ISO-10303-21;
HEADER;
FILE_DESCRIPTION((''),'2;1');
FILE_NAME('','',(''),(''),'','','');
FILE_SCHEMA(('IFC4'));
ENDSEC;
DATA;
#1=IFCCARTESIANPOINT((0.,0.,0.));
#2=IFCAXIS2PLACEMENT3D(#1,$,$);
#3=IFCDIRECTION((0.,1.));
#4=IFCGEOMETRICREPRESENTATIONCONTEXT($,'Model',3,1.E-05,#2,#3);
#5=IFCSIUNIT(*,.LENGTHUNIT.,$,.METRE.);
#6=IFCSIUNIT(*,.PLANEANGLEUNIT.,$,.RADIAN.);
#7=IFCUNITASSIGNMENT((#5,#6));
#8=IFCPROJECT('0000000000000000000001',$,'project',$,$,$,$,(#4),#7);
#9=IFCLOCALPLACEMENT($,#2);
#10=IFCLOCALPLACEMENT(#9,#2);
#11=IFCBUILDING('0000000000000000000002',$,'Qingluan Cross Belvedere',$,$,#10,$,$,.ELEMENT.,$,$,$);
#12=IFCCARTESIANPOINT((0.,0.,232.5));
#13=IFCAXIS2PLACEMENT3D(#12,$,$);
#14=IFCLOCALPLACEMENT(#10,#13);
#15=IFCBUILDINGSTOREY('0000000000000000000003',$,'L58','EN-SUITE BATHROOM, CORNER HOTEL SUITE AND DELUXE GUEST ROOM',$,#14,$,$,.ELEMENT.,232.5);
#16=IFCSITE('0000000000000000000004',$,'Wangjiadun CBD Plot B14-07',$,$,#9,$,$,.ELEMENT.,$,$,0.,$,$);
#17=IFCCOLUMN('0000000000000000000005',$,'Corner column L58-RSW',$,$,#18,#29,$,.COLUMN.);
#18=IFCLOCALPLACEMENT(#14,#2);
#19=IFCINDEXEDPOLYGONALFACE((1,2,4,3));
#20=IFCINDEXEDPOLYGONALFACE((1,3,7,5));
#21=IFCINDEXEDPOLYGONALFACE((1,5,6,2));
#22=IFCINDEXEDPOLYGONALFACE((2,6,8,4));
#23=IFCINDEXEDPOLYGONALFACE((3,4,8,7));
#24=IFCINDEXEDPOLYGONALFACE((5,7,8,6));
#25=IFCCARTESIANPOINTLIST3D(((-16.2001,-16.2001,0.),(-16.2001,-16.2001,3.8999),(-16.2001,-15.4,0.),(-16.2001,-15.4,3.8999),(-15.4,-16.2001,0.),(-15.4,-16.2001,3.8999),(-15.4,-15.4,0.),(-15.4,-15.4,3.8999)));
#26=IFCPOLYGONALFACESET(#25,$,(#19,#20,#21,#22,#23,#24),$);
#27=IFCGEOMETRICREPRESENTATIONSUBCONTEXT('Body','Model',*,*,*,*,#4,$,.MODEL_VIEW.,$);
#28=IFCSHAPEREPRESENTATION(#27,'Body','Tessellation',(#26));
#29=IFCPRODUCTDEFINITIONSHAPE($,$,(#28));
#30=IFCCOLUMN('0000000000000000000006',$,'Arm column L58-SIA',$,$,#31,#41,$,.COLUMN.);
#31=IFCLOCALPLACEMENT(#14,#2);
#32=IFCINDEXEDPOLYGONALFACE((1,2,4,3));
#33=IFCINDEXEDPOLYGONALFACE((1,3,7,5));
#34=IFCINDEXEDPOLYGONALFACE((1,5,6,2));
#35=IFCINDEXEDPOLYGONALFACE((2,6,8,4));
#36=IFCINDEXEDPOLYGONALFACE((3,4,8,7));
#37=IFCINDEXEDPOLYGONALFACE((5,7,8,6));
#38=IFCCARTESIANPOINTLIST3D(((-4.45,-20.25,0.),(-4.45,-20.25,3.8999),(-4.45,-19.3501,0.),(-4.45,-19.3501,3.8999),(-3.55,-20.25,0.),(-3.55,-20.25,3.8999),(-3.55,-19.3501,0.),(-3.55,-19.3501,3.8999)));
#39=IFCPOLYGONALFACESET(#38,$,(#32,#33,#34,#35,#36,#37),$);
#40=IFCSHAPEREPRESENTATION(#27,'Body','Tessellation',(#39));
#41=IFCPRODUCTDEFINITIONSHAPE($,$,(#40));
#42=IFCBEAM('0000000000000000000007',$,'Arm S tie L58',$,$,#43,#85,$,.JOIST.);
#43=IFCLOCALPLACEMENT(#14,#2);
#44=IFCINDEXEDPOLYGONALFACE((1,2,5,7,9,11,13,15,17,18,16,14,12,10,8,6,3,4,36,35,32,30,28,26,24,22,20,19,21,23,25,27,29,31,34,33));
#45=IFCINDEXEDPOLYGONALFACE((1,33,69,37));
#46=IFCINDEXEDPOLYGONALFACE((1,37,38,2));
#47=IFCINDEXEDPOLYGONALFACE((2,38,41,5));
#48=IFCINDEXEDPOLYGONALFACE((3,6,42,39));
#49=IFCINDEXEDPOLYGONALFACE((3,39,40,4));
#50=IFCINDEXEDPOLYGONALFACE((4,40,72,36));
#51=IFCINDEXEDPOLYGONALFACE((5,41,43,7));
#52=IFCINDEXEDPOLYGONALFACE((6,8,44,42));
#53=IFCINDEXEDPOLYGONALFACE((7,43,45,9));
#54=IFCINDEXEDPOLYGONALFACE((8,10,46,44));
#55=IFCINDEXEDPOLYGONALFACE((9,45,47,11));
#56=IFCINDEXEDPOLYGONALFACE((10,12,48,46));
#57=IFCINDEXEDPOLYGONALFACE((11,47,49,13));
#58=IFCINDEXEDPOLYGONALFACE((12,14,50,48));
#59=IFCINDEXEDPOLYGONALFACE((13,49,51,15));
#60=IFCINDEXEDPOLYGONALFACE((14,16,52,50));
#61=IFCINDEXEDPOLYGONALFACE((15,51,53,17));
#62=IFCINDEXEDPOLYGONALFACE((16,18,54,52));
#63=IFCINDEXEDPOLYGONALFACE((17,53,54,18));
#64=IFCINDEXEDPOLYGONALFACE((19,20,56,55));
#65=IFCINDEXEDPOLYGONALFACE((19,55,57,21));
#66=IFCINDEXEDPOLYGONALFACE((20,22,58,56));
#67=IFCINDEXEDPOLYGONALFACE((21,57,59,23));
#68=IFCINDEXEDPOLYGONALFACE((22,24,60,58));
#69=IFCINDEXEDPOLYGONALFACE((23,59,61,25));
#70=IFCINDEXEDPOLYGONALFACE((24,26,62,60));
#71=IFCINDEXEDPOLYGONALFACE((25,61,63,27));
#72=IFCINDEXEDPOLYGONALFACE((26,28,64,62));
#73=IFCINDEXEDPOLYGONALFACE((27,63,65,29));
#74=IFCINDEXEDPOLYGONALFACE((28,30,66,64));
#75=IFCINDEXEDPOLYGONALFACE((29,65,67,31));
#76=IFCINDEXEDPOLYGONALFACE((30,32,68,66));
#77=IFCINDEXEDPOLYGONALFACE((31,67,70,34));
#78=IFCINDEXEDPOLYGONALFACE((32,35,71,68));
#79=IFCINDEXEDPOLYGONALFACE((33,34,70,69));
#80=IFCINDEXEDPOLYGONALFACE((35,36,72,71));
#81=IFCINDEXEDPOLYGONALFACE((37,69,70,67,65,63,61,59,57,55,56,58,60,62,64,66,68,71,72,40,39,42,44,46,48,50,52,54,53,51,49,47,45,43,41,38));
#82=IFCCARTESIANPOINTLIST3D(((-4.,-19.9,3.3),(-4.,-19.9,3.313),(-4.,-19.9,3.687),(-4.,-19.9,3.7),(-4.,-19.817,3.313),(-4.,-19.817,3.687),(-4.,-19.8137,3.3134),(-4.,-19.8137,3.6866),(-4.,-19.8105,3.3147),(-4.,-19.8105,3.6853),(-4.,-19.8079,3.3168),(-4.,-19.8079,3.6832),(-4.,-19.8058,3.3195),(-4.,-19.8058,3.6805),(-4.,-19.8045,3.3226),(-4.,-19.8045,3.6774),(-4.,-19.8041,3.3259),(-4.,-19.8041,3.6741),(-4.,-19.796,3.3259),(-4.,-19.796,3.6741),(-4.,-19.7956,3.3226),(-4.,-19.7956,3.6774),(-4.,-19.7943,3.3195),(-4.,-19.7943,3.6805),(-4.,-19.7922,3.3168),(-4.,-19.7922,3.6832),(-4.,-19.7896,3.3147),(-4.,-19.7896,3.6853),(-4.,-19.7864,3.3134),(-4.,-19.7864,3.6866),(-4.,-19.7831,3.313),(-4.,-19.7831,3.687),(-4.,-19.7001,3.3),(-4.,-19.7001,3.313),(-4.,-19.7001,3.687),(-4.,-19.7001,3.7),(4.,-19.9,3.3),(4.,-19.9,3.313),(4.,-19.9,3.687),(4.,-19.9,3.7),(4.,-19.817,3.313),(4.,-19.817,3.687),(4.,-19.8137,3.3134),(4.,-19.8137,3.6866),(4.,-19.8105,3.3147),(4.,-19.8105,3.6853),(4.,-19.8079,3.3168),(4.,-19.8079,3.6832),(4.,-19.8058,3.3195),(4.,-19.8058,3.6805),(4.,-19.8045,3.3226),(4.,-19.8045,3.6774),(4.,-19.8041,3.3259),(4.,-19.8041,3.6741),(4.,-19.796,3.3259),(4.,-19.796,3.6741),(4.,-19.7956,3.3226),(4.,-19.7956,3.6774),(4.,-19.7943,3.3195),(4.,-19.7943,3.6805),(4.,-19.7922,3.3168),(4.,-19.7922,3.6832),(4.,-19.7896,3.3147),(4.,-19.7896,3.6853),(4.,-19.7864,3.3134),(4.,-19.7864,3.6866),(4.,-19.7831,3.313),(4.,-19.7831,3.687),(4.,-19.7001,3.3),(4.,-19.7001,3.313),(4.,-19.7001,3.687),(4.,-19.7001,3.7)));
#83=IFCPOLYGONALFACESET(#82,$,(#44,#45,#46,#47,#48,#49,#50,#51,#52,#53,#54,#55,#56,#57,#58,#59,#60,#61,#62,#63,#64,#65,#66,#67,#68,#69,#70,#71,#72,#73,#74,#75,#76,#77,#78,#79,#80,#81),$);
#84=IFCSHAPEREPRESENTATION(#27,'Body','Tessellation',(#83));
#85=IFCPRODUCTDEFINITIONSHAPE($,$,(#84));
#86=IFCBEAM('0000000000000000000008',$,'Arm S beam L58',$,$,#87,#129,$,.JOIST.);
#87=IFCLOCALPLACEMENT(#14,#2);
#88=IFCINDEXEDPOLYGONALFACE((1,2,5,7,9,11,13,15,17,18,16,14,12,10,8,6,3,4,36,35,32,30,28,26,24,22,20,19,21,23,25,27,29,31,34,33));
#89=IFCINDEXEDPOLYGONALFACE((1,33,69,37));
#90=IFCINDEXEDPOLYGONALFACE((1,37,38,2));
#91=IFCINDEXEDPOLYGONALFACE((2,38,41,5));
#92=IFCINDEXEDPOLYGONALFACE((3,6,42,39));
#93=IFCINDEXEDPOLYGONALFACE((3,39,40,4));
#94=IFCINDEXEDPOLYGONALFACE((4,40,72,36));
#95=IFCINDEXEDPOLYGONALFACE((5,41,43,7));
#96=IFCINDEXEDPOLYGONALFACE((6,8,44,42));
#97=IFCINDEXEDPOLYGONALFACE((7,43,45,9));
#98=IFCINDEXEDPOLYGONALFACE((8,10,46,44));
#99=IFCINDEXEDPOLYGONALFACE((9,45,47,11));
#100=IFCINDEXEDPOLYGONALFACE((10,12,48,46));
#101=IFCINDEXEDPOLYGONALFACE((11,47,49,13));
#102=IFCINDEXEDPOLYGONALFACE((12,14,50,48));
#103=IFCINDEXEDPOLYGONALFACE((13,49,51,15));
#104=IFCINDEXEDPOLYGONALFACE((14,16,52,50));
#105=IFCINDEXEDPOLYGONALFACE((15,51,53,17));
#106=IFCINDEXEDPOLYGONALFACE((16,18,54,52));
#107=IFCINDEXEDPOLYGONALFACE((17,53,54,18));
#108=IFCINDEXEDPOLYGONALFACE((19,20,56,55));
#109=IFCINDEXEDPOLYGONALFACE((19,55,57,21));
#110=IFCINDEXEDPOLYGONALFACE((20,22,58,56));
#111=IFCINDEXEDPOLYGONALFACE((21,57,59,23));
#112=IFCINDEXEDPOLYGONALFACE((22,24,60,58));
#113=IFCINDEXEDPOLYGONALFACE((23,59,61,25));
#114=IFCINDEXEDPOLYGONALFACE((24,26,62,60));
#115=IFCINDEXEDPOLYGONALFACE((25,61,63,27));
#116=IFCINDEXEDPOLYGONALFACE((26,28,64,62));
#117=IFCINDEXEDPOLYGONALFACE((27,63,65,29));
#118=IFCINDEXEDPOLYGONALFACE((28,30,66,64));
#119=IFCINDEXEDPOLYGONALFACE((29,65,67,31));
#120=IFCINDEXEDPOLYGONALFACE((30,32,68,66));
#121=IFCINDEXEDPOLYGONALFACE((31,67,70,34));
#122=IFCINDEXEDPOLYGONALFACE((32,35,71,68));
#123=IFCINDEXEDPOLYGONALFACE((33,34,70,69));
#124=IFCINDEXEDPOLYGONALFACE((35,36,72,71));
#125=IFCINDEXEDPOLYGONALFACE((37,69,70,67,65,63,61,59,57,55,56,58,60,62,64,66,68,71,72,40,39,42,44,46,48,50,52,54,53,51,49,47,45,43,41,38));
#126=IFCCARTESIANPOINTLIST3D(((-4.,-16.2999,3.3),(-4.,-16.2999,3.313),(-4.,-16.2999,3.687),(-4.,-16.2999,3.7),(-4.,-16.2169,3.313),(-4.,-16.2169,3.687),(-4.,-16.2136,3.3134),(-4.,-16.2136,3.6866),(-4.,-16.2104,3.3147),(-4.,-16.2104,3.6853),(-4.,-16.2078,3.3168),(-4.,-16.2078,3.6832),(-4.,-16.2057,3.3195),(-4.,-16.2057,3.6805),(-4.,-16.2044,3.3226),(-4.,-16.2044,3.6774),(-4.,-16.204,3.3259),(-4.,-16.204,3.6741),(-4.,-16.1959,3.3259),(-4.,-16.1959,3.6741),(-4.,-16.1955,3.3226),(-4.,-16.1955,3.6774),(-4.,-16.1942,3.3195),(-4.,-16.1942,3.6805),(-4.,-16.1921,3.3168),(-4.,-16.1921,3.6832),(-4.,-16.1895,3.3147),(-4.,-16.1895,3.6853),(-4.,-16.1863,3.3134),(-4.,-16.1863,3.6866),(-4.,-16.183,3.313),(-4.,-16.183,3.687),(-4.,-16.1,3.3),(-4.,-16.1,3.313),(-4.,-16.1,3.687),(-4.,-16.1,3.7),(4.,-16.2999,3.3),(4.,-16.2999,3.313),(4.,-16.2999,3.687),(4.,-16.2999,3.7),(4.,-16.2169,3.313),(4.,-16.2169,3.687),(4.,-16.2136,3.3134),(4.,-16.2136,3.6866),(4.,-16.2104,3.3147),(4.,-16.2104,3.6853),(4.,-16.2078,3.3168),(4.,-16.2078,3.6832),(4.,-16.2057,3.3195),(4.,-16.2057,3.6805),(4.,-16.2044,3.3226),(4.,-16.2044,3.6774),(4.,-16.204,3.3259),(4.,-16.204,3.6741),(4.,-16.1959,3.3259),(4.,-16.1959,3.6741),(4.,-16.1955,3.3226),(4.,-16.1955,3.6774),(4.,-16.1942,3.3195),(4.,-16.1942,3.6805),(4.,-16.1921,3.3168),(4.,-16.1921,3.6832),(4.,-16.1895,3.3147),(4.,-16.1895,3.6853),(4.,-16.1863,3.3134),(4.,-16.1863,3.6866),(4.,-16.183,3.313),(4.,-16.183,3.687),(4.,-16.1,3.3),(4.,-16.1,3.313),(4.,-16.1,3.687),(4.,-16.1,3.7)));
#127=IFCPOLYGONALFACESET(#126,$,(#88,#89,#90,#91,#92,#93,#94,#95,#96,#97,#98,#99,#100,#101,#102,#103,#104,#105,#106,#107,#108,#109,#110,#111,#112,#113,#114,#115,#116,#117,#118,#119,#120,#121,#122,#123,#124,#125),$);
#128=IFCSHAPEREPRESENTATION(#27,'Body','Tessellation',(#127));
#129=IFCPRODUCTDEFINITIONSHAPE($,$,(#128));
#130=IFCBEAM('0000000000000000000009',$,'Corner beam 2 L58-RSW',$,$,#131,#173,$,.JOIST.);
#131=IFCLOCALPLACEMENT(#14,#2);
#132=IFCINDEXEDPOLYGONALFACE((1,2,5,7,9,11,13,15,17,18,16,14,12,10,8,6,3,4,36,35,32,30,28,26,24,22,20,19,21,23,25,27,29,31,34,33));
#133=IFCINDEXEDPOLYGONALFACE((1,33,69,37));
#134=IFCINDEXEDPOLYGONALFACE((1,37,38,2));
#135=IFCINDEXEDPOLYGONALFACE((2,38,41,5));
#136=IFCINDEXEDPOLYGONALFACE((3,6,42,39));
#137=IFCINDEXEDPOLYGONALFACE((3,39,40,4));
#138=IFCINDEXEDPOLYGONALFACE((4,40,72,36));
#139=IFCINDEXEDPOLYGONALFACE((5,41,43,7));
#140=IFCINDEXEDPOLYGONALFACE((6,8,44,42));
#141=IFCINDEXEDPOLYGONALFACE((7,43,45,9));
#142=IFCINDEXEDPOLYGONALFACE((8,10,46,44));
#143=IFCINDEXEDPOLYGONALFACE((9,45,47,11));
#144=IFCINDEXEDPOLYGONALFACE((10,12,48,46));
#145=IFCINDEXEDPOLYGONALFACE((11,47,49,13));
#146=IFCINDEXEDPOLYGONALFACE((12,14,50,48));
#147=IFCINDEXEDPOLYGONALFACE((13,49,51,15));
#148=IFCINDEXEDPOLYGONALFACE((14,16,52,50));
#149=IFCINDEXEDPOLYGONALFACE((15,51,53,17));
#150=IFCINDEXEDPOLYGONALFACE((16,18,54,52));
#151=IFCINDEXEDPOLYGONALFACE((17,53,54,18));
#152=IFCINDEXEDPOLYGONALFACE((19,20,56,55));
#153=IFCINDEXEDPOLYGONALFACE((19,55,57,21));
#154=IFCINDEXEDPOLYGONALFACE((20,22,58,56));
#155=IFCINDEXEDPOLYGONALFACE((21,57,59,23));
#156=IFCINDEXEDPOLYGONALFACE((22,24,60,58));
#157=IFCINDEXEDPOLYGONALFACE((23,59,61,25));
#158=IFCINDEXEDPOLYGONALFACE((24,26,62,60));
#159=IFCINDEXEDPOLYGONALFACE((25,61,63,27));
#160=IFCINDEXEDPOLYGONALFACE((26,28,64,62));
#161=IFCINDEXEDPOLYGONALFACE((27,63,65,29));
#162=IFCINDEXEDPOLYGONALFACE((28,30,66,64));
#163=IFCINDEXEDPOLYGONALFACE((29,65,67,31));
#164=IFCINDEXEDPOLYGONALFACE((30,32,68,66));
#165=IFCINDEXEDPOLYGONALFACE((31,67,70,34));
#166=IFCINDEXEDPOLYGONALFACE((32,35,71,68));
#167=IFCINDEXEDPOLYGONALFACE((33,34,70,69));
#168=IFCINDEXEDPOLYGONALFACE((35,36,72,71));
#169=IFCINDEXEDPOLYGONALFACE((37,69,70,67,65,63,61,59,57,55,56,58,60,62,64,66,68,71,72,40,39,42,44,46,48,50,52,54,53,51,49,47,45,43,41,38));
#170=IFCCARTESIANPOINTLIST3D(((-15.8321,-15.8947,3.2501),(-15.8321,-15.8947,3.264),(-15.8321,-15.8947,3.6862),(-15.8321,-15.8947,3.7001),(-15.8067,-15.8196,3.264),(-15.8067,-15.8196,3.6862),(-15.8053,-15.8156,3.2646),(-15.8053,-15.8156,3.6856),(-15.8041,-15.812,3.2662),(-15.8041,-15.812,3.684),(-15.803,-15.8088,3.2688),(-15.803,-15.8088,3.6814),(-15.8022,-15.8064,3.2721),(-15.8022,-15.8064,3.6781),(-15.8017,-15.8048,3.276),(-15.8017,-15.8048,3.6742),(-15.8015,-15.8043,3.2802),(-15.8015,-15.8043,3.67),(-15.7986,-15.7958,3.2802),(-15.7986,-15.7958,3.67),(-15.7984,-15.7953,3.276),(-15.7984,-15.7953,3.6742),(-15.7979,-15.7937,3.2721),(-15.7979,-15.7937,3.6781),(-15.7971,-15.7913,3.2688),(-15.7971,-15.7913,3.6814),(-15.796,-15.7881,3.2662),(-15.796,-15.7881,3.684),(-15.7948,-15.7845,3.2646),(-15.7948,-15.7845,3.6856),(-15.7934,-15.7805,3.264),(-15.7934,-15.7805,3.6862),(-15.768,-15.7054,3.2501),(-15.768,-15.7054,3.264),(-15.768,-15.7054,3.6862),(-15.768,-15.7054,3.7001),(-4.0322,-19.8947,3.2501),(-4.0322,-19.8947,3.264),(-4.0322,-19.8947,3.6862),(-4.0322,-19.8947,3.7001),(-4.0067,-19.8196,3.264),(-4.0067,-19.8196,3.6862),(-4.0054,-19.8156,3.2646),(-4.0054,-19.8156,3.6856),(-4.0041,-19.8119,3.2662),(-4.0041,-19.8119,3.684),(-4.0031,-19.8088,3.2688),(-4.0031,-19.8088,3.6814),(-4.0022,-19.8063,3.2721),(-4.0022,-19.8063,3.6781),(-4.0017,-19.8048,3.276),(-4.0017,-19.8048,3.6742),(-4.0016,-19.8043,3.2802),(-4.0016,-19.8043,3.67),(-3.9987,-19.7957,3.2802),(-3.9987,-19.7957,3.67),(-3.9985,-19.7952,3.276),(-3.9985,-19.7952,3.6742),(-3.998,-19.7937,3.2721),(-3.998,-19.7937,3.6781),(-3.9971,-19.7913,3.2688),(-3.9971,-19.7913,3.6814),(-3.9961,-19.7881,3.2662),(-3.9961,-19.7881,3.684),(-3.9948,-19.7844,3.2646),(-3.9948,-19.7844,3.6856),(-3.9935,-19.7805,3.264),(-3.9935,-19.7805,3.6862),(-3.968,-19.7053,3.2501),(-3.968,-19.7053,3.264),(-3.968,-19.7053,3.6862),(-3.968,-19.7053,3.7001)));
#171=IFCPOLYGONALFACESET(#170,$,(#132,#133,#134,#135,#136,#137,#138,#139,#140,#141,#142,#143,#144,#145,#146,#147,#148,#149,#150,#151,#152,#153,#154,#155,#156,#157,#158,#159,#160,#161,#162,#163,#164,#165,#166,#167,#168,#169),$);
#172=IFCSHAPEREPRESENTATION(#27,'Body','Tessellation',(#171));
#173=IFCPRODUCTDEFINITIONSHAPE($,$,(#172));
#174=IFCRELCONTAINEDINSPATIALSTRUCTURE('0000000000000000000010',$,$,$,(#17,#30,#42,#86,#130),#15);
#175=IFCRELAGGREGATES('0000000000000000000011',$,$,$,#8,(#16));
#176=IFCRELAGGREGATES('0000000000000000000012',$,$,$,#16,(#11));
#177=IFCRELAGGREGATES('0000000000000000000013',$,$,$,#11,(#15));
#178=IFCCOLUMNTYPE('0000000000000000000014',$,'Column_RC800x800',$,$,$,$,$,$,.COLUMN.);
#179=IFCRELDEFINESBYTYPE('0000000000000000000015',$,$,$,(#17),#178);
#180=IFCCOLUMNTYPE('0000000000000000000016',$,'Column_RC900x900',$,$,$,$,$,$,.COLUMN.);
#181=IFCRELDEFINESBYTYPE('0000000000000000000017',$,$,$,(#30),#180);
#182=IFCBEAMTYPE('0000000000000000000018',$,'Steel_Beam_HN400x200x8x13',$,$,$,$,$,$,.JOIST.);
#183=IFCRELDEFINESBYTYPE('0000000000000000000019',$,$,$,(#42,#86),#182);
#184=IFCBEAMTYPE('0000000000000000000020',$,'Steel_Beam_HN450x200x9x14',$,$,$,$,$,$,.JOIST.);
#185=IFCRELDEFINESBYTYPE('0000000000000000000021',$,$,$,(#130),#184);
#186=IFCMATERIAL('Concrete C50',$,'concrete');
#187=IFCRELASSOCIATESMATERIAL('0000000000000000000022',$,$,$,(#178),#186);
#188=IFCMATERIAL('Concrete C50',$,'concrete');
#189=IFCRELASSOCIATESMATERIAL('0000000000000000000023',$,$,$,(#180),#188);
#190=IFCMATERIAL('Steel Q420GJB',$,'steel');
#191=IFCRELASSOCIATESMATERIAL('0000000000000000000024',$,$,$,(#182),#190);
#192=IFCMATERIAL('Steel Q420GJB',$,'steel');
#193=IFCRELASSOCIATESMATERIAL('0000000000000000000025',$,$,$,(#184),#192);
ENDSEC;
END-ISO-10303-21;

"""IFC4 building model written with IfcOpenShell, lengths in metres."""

from ifc_helpers import new_model, si_unit, direction, frame, origin, origin_2d, place, context, subcontext, project, spatial, rectangle, i_section, extrude, material, material_profile, profile_set, type_object, element, save


model = new_model("IFC4")

# Units and contexts
model_context = context("Model", 3, precision=1e-05, world=origin(), true_north=direction((0.0, 1.0)))
body_context = subcontext(model_context, "Body", "Model", "MODEL_VIEW")
ifc_project = project(units=[si_unit("LENGTHUNIT", "METRE"), si_unit("PLANEANGLEUNIT", "RADIAN")], contexts=[model_context])

# Site, building, storey
site_placement = place(None, origin())
site = spatial("IfcSite", under=ifc_project, at=site_placement, Name="Wangjiadun CBD Plot B14-07", CompositionType="ELEMENT", RefElevation=0.0)
building_placement = place(site_placement, origin())
building = spatial("IfcBuilding", under=site, at=building_placement, Name="Qingluan Cross Belvedere", CompositionType="ELEMENT")
storey_placement = place(building_placement, frame((0.0, 0.0, 232.5)))
storey = spatial("IfcBuildingStorey", under=building, at=storey_placement, Name="L58", Description="EN-SUITE BATHROOM, CORNER HOTEL SUITE AND DELUXE GUEST ROOM", CompositionType="ELEMENT", Elevation=232.5)

# Columns
ifc_material_1 = material(Name="Concrete C50", Category="concrete")
ifc_material_profile_1 = material_profile(ifc_material_1, rectangle(XDim=0.8, YDim=0.8, at=origin_2d()), Name="RC800x800")
ifc_profile_set_1 = profile_set([ifc_material_profile_1], Name="Concrete C50")
column_type_1 = type_object("IfcColumnType", Name="Column_RC800x800", PredefinedType="COLUMN", material=ifc_profile_set_1)
column_1_placement = place(storey_placement, frame((-15.8, -15.8, 0.0), z_axis=(0.0, 0.0, 1.0), x_axis=(1.0, 0.0, 0.0)))
element("IfcColumn", 1, at=column_1_placement, inside=storey, type_object=column_type_1, Name="Corner column L58-RSW", PredefinedType="COLUMN", context=body_context, shape_type="SweptSolid", body=[
    extrude(rectangle(XDim=0.8, YDim=0.8, at=origin_2d()), origin(), (0.0, 0.0, 1.0), 3.8999),
])
ifc_material_2 = material(Name="Concrete C50", Category="concrete")
ifc_material_profile_2 = material_profile(ifc_material_2, rectangle(XDim=0.8999, YDim=0.8999, at=origin_2d()), Name="RC900x900")
ifc_profile_set_2 = profile_set([ifc_material_profile_2], Name="Concrete C50")
column_type_2 = type_object("IfcColumnType", Name="Column_RC900x900", PredefinedType="COLUMN", material=ifc_profile_set_2)
column_2_placement = place(storey_placement, frame((-4.0, -19.8, 0.0), z_axis=(0.0, 0.0, 1.0), x_axis=(1.0, 0.0, 0.0)))
element("IfcColumn", 2, at=column_2_placement, inside=storey, type_object=column_type_2, Name="Arm column L58-SIA", PredefinedType="COLUMN", context=body_context, shape_type="SweptSolid", body=[
    extrude(rectangle(XDim=0.8999, YDim=0.8999, at=origin_2d()), origin(), (0.0, 0.0, 1.0), 3.8999),
])

# Beams
ifc_material_3 = material(Name="Steel Q420GJB", Category="steel")
ifc_material_profile_3 = material_profile(ifc_material_3, i_section(OverallWidth=0.2, OverallDepth=0.3999, WebThickness=0.0081, FlangeThickness=0.0129, FilletRadius=0.0129, at=origin_2d()), Name="HN400x200x8x13")
ifc_profile_set_3 = profile_set([ifc_material_profile_3], Name="Steel Q420GJB")
beam_type_1 = type_object("IfcBeamType", Name="Steel_Beam_HN400x200x8x13", PredefinedType="JOIST", material=ifc_profile_set_3)
for number, where, z_axis, x_axis, name in (
    (3, (-4.0, -19.8, 3.5), (1.0, 0.0, 0.0), (0.0, 1.0, 0.0), "Arm S tie L58"),
    (4, (-4.0, -16.2, 3.5), (1.0, 0.0, 0.0), (0.0, 1.0, 0.0), "Arm S beam L58"),
):
    element("IfcBeam", number, at=place(storey_placement, frame(where, z_axis=z_axis, x_axis=x_axis)), inside=storey, type_object=beam_type_1, Name=name, PredefinedType="JOIST", context=body_context, shape_type="SweptSolid", body=[
        extrude(i_section(OverallWidth=0.2, OverallDepth=0.3999, WebThickness=0.0081, FlangeThickness=0.0129, FilletRadius=0.0129, at=origin_2d()), origin(), (0.0, 0.0, 1.0), 8.0),
    ])
ifc_material_4 = material(Name="Steel Q420GJB", Category="steel")
ifc_material_profile_4 = material_profile(ifc_material_4, i_section(OverallWidth=0.2, OverallDepth=0.45, WebThickness=0.009, FlangeThickness=0.0139, FilletRadius=0.0161, at=origin_2d()), Name="HN450x200x9x14")
ifc_profile_set_4 = profile_set([ifc_material_profile_4], Name="Steel Q420GJB")
beam_type_2 = type_object("IfcBeamType", Name="Steel_Beam_HN450x200x9x14", PredefinedType="JOIST", material=ifc_profile_set_4)
for number, where, z_axis, x_axis, name in (
    (5, (-15.8, -15.8, 3.4751), (0.947066, -0.321038, 0.0), (0.321038, 0.947066, 0.0), "Corner beam 2 L58-RSW"),
):
    element("IfcBeam", number, at=place(storey_placement, frame(where, z_axis=z_axis, x_axis=x_axis)), inside=storey, type_object=beam_type_2, Name=name, PredefinedType="JOIST", context=body_context, shape_type="SweptSolid", body=[
        extrude(i_section(OverallWidth=0.2, OverallDepth=0.45, WebThickness=0.009, FlangeThickness=0.0139, FilletRadius=0.0161, at=origin_2d()), origin(), (0.0, 0.0, 1.0), 12.4595),
    ])

save(model, "model.ifc")
